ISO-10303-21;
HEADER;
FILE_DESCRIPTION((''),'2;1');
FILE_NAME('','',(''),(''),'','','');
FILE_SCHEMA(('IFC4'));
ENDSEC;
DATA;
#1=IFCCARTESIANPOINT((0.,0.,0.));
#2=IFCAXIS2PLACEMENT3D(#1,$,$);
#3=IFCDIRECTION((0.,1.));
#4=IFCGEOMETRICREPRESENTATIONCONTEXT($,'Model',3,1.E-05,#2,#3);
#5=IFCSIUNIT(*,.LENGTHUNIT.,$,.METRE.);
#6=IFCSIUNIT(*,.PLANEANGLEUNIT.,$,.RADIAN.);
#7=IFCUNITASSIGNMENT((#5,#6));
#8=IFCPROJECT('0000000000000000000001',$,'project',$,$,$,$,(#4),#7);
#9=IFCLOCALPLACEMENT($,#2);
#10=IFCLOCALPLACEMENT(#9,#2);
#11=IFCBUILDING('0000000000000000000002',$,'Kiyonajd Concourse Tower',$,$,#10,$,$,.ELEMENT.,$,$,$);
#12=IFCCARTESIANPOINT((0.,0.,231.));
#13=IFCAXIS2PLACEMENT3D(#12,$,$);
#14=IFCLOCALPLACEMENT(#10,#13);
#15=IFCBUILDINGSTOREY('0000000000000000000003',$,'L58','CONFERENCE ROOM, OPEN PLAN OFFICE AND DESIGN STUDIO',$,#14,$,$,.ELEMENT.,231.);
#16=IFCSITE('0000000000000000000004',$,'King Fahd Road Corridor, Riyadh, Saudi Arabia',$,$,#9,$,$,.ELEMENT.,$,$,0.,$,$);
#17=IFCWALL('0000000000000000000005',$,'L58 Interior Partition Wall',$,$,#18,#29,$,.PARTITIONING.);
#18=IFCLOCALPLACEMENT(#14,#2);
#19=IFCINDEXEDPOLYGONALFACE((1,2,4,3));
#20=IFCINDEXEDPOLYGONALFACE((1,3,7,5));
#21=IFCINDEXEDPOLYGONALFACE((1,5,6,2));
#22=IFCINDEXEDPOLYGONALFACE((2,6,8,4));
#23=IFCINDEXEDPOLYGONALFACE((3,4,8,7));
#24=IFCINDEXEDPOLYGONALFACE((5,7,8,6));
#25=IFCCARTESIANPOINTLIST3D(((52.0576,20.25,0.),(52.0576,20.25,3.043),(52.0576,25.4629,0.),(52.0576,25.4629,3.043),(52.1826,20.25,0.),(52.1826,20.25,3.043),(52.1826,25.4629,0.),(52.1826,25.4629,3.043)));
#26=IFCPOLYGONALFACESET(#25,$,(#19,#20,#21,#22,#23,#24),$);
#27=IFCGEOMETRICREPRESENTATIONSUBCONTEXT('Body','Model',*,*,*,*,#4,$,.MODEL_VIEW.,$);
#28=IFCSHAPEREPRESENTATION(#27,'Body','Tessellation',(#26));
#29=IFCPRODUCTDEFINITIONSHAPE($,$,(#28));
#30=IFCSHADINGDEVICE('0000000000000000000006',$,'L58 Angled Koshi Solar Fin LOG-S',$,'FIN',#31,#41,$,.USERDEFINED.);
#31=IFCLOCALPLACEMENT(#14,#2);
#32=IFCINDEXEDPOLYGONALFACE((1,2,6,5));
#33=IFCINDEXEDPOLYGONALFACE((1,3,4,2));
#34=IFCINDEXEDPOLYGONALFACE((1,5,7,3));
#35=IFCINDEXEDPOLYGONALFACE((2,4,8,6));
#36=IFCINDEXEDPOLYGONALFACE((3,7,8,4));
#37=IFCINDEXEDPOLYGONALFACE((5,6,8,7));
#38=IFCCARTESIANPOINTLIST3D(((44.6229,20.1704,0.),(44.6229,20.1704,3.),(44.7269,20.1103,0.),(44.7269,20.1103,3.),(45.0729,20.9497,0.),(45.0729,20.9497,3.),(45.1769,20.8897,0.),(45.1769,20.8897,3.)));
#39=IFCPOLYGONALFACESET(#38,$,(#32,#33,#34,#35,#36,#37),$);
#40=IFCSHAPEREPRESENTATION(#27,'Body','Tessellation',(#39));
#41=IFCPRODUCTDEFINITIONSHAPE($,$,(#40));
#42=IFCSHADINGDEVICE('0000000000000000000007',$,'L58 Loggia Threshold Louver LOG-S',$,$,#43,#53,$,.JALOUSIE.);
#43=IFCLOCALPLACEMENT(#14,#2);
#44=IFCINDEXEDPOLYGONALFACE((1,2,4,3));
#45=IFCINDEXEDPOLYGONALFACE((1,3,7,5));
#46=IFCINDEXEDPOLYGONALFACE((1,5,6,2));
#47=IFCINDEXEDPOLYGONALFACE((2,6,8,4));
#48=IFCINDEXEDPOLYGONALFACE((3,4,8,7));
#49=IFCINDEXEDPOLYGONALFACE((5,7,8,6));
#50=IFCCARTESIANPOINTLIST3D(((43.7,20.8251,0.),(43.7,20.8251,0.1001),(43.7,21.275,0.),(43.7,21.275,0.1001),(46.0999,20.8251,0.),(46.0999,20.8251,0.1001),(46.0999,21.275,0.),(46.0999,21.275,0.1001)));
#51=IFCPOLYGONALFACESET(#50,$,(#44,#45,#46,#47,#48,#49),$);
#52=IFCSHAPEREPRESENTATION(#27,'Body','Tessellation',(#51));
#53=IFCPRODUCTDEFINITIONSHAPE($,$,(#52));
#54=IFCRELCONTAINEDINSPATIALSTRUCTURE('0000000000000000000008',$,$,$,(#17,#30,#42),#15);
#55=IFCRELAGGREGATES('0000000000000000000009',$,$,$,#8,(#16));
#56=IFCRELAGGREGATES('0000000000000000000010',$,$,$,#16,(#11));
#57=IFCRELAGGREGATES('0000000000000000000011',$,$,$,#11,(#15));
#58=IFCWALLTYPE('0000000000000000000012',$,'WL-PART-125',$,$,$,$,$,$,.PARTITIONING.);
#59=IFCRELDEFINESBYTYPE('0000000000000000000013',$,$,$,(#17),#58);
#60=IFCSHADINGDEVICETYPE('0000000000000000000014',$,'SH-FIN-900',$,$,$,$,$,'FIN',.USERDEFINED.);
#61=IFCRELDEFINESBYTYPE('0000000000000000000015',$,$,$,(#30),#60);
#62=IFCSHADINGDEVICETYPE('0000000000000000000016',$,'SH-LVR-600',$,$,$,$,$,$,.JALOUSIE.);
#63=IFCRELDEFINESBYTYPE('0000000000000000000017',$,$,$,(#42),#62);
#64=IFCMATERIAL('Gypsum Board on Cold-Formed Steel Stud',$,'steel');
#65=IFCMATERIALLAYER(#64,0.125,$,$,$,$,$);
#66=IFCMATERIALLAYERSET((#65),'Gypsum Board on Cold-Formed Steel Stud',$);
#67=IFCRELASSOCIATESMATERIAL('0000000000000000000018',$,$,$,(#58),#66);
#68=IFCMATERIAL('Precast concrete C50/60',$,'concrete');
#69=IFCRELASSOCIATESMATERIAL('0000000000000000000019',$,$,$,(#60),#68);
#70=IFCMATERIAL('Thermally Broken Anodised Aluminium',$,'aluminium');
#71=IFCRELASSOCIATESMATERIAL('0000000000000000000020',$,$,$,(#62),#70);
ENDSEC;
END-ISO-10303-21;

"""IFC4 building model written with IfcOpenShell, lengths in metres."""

from ifc_helpers import new_model, si_unit, direction, frame, frame_2d, origin, origin_2d, place, context, subcontext, project, spatial, rectangle, extrude, material, layer, layer_set, type_object, element, save


model = new_model("IFC4")

# Units and contexts
model_context = context("Model", 3, precision=1e-05, world=origin(), true_north=direction((0.0, 1.0)))
body_context = subcontext(model_context, "Body", "Model", "MODEL_VIEW")
ifc_project = project(units=[si_unit("LENGTHUNIT", "METRE"), si_unit("PLANEANGLEUNIT", "RADIAN")], contexts=[model_context])

# Site, building, storey
site_placement = place(None, origin())
site = spatial("IfcSite", under=ifc_project, at=site_placement, Name="King Fahd Road Corridor, Riyadh, Saudi Arabia", CompositionType="ELEMENT", RefElevation=0.0)
building_placement = place(site_placement, origin())
building = spatial("IfcBuilding", under=site, at=building_placement, Name="Kiyonajd Concourse Tower", CompositionType="ELEMENT")
storey_placement = place(building_placement, frame((0.0, 0.0, 231.0)))
storey = spatial("IfcBuildingStorey", under=building, at=storey_placement, Name="L58", Description="CONFERENCE ROOM, OPEN PLAN OFFICE AND DESIGN STUDIO", CompositionType="ELEMENT", Elevation=231.0)

# Shared definitions
ifc_material_1 = material(Name="Thermally Broken Anodised Aluminium", Category="aluminium")

# Shared definitions
ifc_material_2 = material(Name="Precast concrete C50/60", Category="concrete")

# Wall
ifc_material_3 = material(Name="Gypsum Board on Cold-Formed Steel Stud", Category="steel")
ifc_layer_1 = layer(ifc_material_3, 0.125)
ifc_layer_set_1 = layer_set([ifc_layer_1], Name="Gypsum Board on Cold-Formed Steel Stud")
wall_type_1 = type_object("IfcWallType", Name="WL-PART-125", PredefinedType="PARTITIONING", material=ifc_layer_set_1)
wall_1_placement = place(storey_placement, frame((52.1201, 20.25, 0.0), z_axis=(0.0, 0.0, 1.0), x_axis=(0.0, 1.0, 0.0)))
element("IfcWall", 1, at=wall_1_placement, inside=storey, type_object=wall_type_1, Name="L58 Interior Partition Wall", PredefinedType="PARTITIONING", context=body_context, shape_type="SweptSolid", body=[
    extrude(rectangle(XDim=5.2129, YDim=0.125, at=frame_2d((2.6064, 0.0))), origin(), (0.0, 0.0, 1.0), 3.043),
])

# Shading devices
shading_device_type_1 = type_object("IfcShadingDeviceType", Name="SH-FIN-900", ElementType="FIN", PredefinedType="USERDEFINED", material=ifc_material_2)
shading_device_1_placement = place(storey_placement, frame((44.8999, 20.53, 0.0), z_axis=(0.0, 0.0, 1.0), x_axis=(0.5, 0.866025, 0.0)))
element("IfcShadingDevice", 2, at=shading_device_1_placement, inside=storey, type_object=shading_device_type_1, Name="L58 Angled Koshi Solar Fin LOG-S", ObjectType="FIN", PredefinedType="USERDEFINED", context=body_context, shape_type="SweptSolid", body=[
    extrude(rectangle(XDim=0.8999, YDim=0.1201, at=origin_2d()), origin(), (0.0, 0.0, 1.0), 3.0),
])
shading_device_type_2 = type_object("IfcShadingDeviceType", Name="SH-LVR-600", PredefinedType="JALOUSIE", material=ifc_material_1)
shading_device_2_placement = place(storey_placement, frame((44.8999, 21.05, 0.0), z_axis=(0.0, 0.0, 1.0), x_axis=(1.0, 0.0, 0.0)))
element("IfcShadingDevice", 3, at=shading_device_2_placement, inside=storey, type_object=shading_device_type_2, Name="L58 Loggia Threshold Louver LOG-S", PredefinedType="JALOUSIE", context=body_context, shape_type="SweptSolid", body=[
    extrude(rectangle(XDim=2.3999, YDim=0.45, at=origin_2d()), origin(), (0.0, 0.0, 1.0), 0.1001),
])

save(model, "model.ifc")
